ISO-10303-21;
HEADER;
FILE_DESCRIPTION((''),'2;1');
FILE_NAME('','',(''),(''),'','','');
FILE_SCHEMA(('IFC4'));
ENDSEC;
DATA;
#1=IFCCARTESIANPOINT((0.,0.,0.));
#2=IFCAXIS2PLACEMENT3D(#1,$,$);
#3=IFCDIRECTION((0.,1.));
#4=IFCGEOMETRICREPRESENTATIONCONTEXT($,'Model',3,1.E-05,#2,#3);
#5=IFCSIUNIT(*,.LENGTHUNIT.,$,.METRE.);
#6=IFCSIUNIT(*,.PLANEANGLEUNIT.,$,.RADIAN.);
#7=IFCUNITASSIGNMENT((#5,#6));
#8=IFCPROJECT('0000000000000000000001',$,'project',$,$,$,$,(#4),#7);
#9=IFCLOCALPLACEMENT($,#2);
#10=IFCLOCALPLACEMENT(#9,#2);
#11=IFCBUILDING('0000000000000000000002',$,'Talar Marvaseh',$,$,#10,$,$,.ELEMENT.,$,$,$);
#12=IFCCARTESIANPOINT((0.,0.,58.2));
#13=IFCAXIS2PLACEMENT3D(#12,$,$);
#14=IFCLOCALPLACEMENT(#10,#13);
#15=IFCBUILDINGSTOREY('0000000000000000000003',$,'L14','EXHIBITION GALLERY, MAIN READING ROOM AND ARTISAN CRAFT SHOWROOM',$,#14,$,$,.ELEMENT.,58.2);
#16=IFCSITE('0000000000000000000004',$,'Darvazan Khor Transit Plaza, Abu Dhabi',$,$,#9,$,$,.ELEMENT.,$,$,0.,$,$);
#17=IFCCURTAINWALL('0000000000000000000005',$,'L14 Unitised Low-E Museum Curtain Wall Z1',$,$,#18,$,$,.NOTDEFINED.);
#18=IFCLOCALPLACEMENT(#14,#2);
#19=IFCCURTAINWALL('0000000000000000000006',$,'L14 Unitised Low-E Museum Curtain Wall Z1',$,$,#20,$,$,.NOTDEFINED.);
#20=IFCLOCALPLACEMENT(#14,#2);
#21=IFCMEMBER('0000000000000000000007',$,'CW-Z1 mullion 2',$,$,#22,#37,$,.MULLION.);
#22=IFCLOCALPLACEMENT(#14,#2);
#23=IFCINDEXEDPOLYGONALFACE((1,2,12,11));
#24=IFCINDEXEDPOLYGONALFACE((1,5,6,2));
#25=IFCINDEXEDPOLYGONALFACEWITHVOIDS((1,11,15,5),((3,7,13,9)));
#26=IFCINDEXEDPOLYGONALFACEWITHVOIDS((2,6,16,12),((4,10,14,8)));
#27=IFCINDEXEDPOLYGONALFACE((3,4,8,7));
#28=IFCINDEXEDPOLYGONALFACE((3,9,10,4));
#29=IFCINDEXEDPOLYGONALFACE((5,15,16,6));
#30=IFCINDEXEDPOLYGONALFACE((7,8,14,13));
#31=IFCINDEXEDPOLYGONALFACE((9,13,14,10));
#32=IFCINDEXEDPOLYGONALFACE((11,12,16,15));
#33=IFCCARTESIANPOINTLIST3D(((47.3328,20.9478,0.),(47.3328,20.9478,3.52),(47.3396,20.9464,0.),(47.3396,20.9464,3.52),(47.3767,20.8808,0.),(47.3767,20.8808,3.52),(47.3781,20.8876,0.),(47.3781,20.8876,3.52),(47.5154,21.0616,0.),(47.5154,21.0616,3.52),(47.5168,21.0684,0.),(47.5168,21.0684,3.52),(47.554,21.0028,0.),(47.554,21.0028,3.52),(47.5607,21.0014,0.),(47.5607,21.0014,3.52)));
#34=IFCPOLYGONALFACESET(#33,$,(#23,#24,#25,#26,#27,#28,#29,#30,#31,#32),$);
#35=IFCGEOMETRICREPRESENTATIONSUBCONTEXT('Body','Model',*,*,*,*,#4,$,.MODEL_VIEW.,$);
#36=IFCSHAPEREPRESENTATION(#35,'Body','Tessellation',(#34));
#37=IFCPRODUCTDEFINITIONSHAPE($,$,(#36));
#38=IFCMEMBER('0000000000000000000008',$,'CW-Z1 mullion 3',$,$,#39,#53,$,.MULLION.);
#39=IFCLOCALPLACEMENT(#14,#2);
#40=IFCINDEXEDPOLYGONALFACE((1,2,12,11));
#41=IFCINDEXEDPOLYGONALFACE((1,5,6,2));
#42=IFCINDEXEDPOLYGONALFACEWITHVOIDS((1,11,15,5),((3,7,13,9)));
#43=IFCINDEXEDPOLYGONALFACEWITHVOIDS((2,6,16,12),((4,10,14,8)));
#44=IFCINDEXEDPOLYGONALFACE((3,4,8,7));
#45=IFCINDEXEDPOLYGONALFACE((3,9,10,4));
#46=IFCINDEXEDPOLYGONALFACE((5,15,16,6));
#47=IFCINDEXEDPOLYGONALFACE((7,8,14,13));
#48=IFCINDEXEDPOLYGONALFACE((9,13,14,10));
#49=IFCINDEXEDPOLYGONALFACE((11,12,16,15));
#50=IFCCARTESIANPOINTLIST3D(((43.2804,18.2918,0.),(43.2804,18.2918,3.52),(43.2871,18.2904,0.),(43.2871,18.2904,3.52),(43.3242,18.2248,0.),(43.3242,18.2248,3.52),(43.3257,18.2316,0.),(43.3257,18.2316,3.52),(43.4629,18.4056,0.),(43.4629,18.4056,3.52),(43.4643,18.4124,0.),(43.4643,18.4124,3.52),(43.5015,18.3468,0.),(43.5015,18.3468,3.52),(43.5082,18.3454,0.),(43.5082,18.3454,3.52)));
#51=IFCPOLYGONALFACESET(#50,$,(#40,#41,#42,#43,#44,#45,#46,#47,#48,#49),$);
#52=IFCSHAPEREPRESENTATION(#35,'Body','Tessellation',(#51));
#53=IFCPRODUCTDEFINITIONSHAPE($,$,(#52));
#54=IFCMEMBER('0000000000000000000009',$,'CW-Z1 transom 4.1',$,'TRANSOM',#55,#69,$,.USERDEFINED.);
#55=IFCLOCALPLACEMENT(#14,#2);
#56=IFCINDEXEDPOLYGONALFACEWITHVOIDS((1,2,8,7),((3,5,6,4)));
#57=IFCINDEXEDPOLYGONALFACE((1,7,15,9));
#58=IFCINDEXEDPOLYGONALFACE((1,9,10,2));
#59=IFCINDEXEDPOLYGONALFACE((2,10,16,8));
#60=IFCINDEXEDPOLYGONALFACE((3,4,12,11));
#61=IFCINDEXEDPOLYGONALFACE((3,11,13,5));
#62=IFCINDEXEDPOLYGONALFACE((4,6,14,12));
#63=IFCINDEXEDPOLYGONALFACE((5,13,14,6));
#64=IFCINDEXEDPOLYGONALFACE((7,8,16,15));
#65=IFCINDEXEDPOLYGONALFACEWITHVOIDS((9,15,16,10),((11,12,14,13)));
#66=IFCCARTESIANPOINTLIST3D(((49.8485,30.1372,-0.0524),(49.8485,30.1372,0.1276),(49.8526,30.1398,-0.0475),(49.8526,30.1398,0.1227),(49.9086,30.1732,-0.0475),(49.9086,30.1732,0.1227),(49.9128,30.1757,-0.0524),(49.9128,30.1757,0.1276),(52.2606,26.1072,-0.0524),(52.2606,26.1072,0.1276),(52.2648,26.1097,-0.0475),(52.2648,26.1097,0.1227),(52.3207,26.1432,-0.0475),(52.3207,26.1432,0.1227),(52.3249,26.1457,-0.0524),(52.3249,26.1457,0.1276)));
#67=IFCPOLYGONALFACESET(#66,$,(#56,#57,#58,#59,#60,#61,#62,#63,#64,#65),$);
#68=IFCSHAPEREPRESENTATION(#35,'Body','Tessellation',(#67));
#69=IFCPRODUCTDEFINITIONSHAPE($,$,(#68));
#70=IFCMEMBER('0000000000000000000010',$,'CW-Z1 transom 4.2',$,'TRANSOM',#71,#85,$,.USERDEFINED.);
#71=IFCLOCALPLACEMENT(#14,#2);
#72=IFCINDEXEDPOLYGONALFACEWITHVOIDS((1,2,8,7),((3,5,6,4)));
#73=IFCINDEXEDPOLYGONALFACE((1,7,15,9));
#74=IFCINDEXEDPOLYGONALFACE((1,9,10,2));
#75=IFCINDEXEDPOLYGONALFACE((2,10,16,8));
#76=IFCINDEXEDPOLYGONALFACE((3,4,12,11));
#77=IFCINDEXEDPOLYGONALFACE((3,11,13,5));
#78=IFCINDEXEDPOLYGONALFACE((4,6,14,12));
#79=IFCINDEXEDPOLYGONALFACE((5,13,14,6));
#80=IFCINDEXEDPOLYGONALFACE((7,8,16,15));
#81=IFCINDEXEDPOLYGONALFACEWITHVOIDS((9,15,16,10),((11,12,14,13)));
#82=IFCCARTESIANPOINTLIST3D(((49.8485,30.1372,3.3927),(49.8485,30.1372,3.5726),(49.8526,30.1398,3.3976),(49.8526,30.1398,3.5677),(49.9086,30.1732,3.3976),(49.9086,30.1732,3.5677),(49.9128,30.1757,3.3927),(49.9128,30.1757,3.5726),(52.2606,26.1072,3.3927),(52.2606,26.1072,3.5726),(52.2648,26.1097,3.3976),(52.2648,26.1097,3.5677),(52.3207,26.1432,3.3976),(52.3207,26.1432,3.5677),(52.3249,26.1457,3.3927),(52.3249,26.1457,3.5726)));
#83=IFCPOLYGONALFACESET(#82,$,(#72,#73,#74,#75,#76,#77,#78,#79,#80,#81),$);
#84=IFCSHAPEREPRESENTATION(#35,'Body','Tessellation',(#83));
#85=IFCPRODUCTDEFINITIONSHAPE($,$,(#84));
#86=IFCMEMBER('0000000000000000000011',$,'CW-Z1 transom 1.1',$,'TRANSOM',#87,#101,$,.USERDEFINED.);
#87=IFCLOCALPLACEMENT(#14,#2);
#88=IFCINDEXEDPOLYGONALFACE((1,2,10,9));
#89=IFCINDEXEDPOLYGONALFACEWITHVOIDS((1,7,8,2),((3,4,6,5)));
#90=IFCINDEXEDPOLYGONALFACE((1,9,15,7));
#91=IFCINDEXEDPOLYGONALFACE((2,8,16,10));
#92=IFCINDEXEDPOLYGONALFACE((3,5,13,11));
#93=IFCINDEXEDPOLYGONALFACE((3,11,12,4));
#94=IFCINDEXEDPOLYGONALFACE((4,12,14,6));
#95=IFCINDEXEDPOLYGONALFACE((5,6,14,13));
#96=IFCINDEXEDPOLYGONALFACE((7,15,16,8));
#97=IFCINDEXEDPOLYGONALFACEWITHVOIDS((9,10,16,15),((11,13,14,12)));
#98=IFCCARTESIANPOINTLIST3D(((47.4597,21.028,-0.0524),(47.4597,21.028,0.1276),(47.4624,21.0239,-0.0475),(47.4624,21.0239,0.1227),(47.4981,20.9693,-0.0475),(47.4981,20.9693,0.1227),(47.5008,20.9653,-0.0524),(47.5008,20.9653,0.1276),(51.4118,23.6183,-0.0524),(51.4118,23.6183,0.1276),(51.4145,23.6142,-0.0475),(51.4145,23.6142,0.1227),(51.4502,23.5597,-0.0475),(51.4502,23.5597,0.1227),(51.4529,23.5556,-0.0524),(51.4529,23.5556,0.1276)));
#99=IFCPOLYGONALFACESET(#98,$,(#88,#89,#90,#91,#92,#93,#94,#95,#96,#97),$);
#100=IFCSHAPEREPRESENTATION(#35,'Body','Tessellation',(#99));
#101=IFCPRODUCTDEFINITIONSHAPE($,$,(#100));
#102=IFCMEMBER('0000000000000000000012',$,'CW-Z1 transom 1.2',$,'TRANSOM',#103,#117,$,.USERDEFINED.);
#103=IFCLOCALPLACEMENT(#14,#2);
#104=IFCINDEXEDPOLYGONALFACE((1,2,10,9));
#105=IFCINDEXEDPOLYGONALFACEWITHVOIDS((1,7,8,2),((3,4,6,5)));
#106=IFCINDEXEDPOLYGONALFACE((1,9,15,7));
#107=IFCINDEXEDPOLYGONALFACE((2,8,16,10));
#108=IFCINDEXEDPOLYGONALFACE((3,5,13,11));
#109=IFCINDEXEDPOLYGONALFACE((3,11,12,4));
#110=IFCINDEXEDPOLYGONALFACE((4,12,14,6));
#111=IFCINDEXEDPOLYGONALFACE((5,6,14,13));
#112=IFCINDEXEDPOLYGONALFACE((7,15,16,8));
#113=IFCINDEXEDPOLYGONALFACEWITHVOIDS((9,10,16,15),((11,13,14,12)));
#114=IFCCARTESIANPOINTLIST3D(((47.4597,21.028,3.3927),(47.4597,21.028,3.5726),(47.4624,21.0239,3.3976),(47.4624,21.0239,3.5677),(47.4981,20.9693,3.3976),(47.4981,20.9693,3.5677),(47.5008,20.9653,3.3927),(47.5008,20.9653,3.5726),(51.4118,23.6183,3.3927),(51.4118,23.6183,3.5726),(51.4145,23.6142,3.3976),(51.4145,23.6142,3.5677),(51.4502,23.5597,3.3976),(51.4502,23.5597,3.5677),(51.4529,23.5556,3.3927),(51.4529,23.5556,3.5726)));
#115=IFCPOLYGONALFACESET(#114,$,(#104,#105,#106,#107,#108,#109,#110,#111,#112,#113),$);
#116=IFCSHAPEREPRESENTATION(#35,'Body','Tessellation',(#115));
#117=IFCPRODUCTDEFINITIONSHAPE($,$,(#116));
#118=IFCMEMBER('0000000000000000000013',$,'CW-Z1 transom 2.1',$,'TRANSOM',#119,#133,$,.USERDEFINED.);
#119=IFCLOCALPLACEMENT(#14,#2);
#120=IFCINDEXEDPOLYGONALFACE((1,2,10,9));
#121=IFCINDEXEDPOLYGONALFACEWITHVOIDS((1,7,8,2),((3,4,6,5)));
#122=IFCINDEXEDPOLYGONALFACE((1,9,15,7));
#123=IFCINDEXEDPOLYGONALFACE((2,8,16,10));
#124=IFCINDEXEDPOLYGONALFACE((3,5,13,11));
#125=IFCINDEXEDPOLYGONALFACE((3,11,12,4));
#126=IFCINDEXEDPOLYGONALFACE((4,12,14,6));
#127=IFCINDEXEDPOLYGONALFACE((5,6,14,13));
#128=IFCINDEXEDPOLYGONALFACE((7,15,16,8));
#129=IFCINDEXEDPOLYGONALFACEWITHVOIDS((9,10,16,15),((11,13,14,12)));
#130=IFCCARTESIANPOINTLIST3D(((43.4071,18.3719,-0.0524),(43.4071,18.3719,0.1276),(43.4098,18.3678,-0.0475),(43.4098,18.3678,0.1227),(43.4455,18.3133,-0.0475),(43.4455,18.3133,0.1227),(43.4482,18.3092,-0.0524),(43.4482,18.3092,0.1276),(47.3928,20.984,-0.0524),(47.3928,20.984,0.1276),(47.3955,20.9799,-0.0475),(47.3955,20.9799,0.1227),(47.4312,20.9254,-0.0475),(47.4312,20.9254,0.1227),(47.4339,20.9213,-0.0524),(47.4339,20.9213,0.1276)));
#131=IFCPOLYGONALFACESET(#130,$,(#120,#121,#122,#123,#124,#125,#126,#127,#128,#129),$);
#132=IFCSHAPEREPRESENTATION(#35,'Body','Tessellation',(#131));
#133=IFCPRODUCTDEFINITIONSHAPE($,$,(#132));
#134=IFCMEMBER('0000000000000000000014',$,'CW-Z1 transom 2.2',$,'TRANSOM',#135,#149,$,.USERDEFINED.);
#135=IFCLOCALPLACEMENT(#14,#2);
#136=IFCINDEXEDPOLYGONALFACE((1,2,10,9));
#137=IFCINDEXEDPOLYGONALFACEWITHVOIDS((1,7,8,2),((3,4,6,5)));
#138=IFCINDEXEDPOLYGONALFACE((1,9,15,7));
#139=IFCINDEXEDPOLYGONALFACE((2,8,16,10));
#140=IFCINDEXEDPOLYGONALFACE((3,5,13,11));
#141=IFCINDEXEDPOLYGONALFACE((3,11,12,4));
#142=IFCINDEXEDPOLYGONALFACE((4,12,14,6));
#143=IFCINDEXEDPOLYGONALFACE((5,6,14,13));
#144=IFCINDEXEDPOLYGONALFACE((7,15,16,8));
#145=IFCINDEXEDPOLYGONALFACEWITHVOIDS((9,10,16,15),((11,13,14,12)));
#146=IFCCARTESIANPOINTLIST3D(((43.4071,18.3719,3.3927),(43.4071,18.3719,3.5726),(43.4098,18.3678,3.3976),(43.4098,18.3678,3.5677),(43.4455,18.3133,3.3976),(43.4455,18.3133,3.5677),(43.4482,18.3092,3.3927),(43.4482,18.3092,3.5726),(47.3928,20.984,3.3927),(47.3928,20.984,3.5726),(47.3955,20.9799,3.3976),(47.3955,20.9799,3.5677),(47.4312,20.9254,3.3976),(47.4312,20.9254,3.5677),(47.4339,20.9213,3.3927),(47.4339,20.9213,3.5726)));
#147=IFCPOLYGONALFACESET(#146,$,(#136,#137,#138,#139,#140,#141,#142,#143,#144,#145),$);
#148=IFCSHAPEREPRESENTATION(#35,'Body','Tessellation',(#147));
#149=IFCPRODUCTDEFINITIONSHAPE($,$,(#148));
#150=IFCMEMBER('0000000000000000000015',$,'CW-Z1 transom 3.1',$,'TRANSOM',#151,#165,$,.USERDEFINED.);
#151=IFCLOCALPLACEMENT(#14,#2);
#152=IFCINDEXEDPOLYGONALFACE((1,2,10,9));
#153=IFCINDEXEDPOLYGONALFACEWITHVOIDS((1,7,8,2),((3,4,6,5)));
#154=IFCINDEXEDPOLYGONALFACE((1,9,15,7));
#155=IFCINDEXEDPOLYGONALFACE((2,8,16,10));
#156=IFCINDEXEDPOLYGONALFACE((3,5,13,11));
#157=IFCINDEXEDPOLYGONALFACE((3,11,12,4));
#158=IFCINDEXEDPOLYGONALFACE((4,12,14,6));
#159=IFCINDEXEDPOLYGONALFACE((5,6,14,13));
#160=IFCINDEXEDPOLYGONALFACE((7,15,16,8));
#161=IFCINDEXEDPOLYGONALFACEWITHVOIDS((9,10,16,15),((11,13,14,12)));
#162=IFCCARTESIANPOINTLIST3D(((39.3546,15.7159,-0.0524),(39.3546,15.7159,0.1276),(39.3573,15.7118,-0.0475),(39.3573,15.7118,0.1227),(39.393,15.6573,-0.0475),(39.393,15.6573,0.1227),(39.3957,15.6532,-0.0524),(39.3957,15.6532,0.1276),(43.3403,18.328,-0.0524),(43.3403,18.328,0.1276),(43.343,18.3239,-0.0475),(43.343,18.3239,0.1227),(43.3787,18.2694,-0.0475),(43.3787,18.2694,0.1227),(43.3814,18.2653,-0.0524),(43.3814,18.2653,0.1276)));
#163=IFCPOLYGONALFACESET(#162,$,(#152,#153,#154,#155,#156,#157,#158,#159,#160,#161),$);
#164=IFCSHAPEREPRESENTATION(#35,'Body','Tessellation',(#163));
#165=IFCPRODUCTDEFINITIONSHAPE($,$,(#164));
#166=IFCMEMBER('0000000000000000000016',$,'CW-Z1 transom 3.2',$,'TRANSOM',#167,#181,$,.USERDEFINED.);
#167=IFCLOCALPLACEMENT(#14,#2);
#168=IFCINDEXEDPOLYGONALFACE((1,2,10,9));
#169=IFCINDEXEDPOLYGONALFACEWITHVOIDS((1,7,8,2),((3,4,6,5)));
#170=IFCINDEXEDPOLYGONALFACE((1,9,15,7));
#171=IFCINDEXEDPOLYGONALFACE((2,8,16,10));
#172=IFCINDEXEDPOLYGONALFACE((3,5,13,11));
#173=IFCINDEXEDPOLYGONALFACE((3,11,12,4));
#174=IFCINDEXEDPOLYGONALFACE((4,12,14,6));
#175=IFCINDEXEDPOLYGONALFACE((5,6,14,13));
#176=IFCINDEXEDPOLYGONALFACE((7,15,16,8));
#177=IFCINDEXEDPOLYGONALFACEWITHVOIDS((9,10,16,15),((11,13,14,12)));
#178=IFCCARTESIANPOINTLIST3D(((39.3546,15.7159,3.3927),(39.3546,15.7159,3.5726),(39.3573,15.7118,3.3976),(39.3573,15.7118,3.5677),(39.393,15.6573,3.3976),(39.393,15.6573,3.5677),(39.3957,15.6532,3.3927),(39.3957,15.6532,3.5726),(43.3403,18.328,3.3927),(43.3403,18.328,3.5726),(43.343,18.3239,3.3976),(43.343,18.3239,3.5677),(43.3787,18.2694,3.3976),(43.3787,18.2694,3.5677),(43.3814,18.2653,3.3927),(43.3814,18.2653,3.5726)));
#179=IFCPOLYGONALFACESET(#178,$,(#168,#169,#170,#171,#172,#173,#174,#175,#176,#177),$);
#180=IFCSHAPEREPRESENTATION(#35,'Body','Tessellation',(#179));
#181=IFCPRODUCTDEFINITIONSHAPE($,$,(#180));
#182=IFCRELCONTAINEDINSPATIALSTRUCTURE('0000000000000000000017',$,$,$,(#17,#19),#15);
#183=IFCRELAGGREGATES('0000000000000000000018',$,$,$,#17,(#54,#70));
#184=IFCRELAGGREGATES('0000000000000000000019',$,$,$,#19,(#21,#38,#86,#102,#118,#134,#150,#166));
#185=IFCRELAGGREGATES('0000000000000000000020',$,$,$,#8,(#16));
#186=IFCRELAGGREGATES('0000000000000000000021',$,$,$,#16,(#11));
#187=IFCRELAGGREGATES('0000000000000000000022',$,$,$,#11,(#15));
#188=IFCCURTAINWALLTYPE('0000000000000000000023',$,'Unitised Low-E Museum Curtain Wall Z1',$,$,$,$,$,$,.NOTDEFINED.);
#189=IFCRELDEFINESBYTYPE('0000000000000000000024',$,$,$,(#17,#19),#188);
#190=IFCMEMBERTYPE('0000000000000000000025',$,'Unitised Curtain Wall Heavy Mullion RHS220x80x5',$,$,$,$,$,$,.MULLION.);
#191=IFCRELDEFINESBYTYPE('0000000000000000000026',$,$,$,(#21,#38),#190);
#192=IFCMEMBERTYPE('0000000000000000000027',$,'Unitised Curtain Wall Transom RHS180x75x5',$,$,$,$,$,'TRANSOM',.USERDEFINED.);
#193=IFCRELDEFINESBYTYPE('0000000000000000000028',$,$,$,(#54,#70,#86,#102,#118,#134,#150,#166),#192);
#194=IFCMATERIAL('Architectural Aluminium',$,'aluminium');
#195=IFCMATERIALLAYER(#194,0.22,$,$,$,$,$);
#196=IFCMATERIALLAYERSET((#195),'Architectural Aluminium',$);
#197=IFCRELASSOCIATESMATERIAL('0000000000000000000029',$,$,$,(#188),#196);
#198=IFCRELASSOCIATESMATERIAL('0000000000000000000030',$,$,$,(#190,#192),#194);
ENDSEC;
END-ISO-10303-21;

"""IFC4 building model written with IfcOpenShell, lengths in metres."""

from ifc_helpers import new_model, si_unit, direction, frame, origin, origin_2d, place, context, subcontext, project, spatial, hollow_rectangle, extrude, source, transform, mapped, material, layer, layer_set, material_profile, profile_set, type_object, type_shapes, element, aggregate, save


model = new_model("IFC4")

# Units and contexts
model_context = context("Model", 3, precision=1e-05, world=origin(), true_north=direction((0.0, 1.0)))
body_context = subcontext(model_context, "Body", "Model", "MODEL_VIEW")
ifc_project = project(units=[si_unit("LENGTHUNIT", "METRE"), si_unit("PLANEANGLEUNIT", "RADIAN")], contexts=[model_context])

# Site, building, storey
site_placement = place(None, origin())
site = spatial("IfcSite", under=ifc_project, at=site_placement, Name="Darvazan Khor Transit Plaza, Abu Dhabi", CompositionType="ELEMENT", RefElevation=0.0)
building_placement = place(site_placement, origin())
building = spatial("IfcBuilding", under=site, at=building_placement, Name="Talar Marvaseh", CompositionType="ELEMENT")
storey_placement = place(building_placement, frame((0.0, 0.0, 58.2)))
storey = spatial("IfcBuildingStorey", under=building, at=storey_placement, Name="L14", Description="EXHIBITION GALLERY, MAIN READING ROOM AND ARTISAN CRAFT SHOWROOM", CompositionType="ELEMENT", Elevation=58.2)

# Curtain walls, members
ifc_material_1 = material(Name="Architectural Aluminium", Category="aluminium")
ifc_layer_1 = layer(ifc_material_1, 0.22)
ifc_layer_set_1 = layer_set([ifc_layer_1], Name="Architectural Aluminium")
curtain_wall_type = type_object("IfcCurtainWallType", Name="Unitised Low-E Museum Curtain Wall Z1", PredefinedType="NOTDEFINED", material=ifc_layer_set_1)
curtain_wall_1_placement = place(storey_placement, origin())
curtain_wall_1 = element("IfcCurtainWall", 1, at=curtain_wall_1_placement, inside=storey, type_object=curtain_wall_type, Name="L14 Unitised Low-E Museum Curtain Wall Z1", PredefinedType="NOTDEFINED")
ifc_material_profile_1 = material_profile(ifc_material_1, hollow_rectangle(XDim=0.0801, YDim=0.22, WallThickness=0.0049, at=origin_2d()), Name="RHS220x80x5")
ifc_profile_set_1 = profile_set([ifc_material_profile_1], Name="Architectural Aluminium")
member_type_1 = type_object("IfcMemberType", Name="Unitised Curtain Wall Heavy Mullion RHS220x80x5", PredefinedType="MULLION", material=ifc_profile_set_1)
shared_shape_1 = source(origin(), body_context, "Body", "SweptSolid", [
    extrude(hollow_rectangle(XDim=0.0801, YDim=0.22, WallThickness=0.0049, at=origin_2d()), origin(), (0.0, 0.0, 1.0), 3.52),
])
type_shapes(member_type_1, [shared_shape_1])
curtain_wall_2_placement = place(storey_placement, origin())
curtain_wall_2 = element("IfcCurtainWall", 2, at=curtain_wall_2_placement, inside=storey, type_object=curtain_wall_type, Name="L14 Unitised Low-E Museum Curtain Wall Z1", PredefinedType="NOTDEFINED")
member_1_placement = place(storey_placement, frame((47.4468, 20.9746, 0.0), z_axis=(0.0, 0.0, 1.0), x_axis=(0.548164, -0.836371, 0.0)))
member_1 = element("IfcMember", 3, at=member_1_placement, type_object=member_type_1, Name="CW-Z1 mullion 2", PredefinedType="MULLION", context=body_context, shape_type="MappedRepresentation", body=[
    mapped(shared_shape_1, transform((0.0, 0.0, 0.0), x_axis=(1.0, 0.0, 0.0), y_axis=(0.0, 1.0, 0.0), z_axis=(0.0, 0.0, 1.0), scale=1.0)),
])
member_2_placement = place(storey_placement, frame((43.3943, 18.3186, 0.0), z_axis=(0.0, 0.0, 1.0), x_axis=(0.548164, -0.836371, 0.0)))
member_2 = element("IfcMember", 4, at=member_2_placement, type_object=member_type_1, Name="CW-Z1 mullion 3", PredefinedType="MULLION", context=body_context, shape_type="MappedRepresentation", body=[
    mapped(shared_shape_1, transform((0.0, 0.0, 0.0), x_axis=(1.0, 0.0, 0.0), y_axis=(0.0, 1.0, 0.0), z_axis=(0.0, 0.0, 1.0), scale=1.0)),
])

# Members
ifc_material_profile_2 = material_profile(ifc_material_1, hollow_rectangle(XDim=0.075, YDim=0.1799, WallThickness=0.0049, at=origin_2d()), Name="RHS180x75x5")
ifc_profile_set_2 = profile_set([ifc_material_profile_2], Name="Architectural Aluminium")
member_type_2 = type_object("IfcMemberType", Name="Unitised Curtain Wall Transom RHS180x75x5", ElementType="TRANSOM", PredefinedType="USERDEFINED", material=ifc_profile_set_2)
shared_shape_2 = source(origin(), body_context, "Body", "SweptSolid", [
    extrude(hollow_rectangle(XDim=0.075, YDim=0.1799, WallThickness=0.0049, at=origin_2d()), origin(), (0.0, 0.0, 1.0), 4.6968),
])
member_3_placement = place(storey_placement, frame((49.8806, 30.1565, 0.0376), z_axis=(0.513571, -0.858047, 0.0), x_axis=(0.858047, 0.513571, 0.0)))
member_3 = element("IfcMember", 5, at=member_3_placement, type_object=member_type_2, Name="CW-Z1 transom 4.1", ObjectType="TRANSOM", PredefinedType="USERDEFINED", context=body_context, shape_type="MappedRepresentation", body=[
    mapped(shared_shape_2, transform((0.0, 0.0, 0.0), x_axis=(1.0, 0.0, 0.0), y_axis=(0.0, 1.0, 0.0), z_axis=(0.0, 0.0, 1.0), scale=1.0)),
])
member_4_placement = place(storey_placement, frame((49.8806, 30.1565, 3.4827), z_axis=(0.513571, -0.858047, 0.0), x_axis=(0.858047, 0.513571, 0.0)))
member_4 = element("IfcMember", 6, at=member_4_placement, type_object=member_type_2, Name="CW-Z1 transom 4.2", ObjectType="TRANSOM", PredefinedType="USERDEFINED", context=body_context, shape_type="MappedRepresentation", body=[
    mapped(shared_shape_2, transform((0.0, 0.0, 0.0), x_axis=(1.0, 0.0, 0.0), y_axis=(0.0, 1.0, 0.0), z_axis=(0.0, 0.0, 1.0), scale=1.0)),
])
shared_shape_3 = source(origin(), body_context, "Body", "SweptSolid", [
    extrude(hollow_rectangle(XDim=0.075, YDim=0.1799, WallThickness=0.0049, at=origin_2d()), origin(), (0.0, 0.0, 1.0), 4.7253),
])
member_5_placement = place(storey_placement, frame((51.4324, 23.5869, 0.0376), z_axis=(-0.836365, -0.548173, 0.0), x_axis=(0.548173, -0.836365, 0.0)))
member_5 = element("IfcMember", 7, at=member_5_placement, type_object=member_type_2, Name="CW-Z1 transom 1.1", ObjectType="TRANSOM", PredefinedType="USERDEFINED", context=body_context, shape_type="MappedRepresentation", body=[
    mapped(shared_shape_3, transform((0.0, 0.0, 0.0), x_axis=(1.0, 0.0, 0.0), y_axis=(0.0, 1.0, 0.0), z_axis=(0.0, 0.0, 1.0), scale=1.0)),
])
member_6_placement = place(storey_placement, frame((51.4324, 23.5869, 3.4827), z_axis=(-0.836365, -0.548173, 0.0), x_axis=(0.548173, -0.836365, 0.0)))
member_6 = element("IfcMember", 8, at=member_6_placement, type_object=member_type_2, Name="CW-Z1 transom 1.2", ObjectType="TRANSOM", PredefinedType="USERDEFINED", context=body_context, shape_type="MappedRepresentation", body=[
    mapped(shared_shape_3, transform((0.0, 0.0, 0.0), x_axis=(1.0, 0.0, 0.0), y_axis=(0.0, 1.0, 0.0), z_axis=(0.0, 0.0, 1.0), scale=1.0)),
])
shared_shape_4 = source(origin(), body_context, "Body", "SweptSolid", [
    extrude(hollow_rectangle(XDim=0.075, YDim=0.1799, WallThickness=0.0049, at=origin_2d()), origin(), (0.0, 0.0, 1.0), 4.7654),
])
type_shapes(member_type_2, [shared_shape_2, shared_shape_3, shared_shape_4])
member_7_placement = place(storey_placement, frame((47.4133, 20.9526, 0.0376), z_axis=(-0.836383, -0.548145, 0.0), x_axis=(0.548145, -0.836383, 0.0)))
member_7 = element("IfcMember", 9, at=member_7_placement, type_object=member_type_2, Name="CW-Z1 transom 2.1", ObjectType="TRANSOM", PredefinedType="USERDEFINED", context=body_context, shape_type="MappedRepresentation", body=[
    mapped(shared_shape_4, transform((0.0, 0.0, 0.0), x_axis=(1.0, 0.0, 0.0), y_axis=(0.0, 1.0, 0.0), z_axis=(0.0, 0.0, 1.0), scale=1.0)),
])
member_8_placement = place(storey_placement, frame((47.4133, 20.9526, 3.4827), z_axis=(-0.836383, -0.548145, 0.0), x_axis=(0.548145, -0.836383, 0.0)))
member_8 = element("IfcMember", 10, at=member_8_placement, type_object=member_type_2, Name="CW-Z1 transom 2.2", ObjectType="TRANSOM", PredefinedType="USERDEFINED", context=body_context, shape_type="MappedRepresentation", body=[
    mapped(shared_shape_4, transform((0.0, 0.0, 0.0), x_axis=(1.0, 0.0, 0.0), y_axis=(0.0, 1.0, 0.0), z_axis=(0.0, 0.0, 1.0), scale=1.0)),
])
member_9_placement = place(storey_placement, frame((43.3608, 18.2966, 0.0376), z_axis=(-0.836383, -0.548145, 0.0), x_axis=(0.548145, -0.836383, 0.0)))
member_9 = element("IfcMember", 11, at=member_9_placement, type_object=member_type_2, Name="CW-Z1 transom 3.1", ObjectType="TRANSOM", PredefinedType="USERDEFINED", context=body_context, shape_type="MappedRepresentation", body=[
    mapped(shared_shape_4, transform((0.0, 0.0, 0.0), x_axis=(1.0, 0.0, 0.0), y_axis=(0.0, 1.0, 0.0), z_axis=(0.0, 0.0, 1.0), scale=1.0)),
])
member_10_placement = place(storey_placement, frame((43.3608, 18.2966, 3.4827), z_axis=(-0.836383, -0.548145, 0.0), x_axis=(0.548145, -0.836383, 0.0)))
member_10 = element("IfcMember", 12, at=member_10_placement, type_object=member_type_2, Name="CW-Z1 transom 3.2", ObjectType="TRANSOM", PredefinedType="USERDEFINED", context=body_context, shape_type="MappedRepresentation", body=[
    mapped(shared_shape_4, transform((0.0, 0.0, 0.0), x_axis=(1.0, 0.0, 0.0), y_axis=(0.0, 1.0, 0.0), z_axis=(0.0, 0.0, 1.0), scale=1.0)),
])

aggregate(curtain_wall_1, [member_3, member_4])
aggregate(curtain_wall_2, [member_1, member_2, member_5, member_6, member_7, member_8, member_9, member_10])

save(model, "model.ifc")
